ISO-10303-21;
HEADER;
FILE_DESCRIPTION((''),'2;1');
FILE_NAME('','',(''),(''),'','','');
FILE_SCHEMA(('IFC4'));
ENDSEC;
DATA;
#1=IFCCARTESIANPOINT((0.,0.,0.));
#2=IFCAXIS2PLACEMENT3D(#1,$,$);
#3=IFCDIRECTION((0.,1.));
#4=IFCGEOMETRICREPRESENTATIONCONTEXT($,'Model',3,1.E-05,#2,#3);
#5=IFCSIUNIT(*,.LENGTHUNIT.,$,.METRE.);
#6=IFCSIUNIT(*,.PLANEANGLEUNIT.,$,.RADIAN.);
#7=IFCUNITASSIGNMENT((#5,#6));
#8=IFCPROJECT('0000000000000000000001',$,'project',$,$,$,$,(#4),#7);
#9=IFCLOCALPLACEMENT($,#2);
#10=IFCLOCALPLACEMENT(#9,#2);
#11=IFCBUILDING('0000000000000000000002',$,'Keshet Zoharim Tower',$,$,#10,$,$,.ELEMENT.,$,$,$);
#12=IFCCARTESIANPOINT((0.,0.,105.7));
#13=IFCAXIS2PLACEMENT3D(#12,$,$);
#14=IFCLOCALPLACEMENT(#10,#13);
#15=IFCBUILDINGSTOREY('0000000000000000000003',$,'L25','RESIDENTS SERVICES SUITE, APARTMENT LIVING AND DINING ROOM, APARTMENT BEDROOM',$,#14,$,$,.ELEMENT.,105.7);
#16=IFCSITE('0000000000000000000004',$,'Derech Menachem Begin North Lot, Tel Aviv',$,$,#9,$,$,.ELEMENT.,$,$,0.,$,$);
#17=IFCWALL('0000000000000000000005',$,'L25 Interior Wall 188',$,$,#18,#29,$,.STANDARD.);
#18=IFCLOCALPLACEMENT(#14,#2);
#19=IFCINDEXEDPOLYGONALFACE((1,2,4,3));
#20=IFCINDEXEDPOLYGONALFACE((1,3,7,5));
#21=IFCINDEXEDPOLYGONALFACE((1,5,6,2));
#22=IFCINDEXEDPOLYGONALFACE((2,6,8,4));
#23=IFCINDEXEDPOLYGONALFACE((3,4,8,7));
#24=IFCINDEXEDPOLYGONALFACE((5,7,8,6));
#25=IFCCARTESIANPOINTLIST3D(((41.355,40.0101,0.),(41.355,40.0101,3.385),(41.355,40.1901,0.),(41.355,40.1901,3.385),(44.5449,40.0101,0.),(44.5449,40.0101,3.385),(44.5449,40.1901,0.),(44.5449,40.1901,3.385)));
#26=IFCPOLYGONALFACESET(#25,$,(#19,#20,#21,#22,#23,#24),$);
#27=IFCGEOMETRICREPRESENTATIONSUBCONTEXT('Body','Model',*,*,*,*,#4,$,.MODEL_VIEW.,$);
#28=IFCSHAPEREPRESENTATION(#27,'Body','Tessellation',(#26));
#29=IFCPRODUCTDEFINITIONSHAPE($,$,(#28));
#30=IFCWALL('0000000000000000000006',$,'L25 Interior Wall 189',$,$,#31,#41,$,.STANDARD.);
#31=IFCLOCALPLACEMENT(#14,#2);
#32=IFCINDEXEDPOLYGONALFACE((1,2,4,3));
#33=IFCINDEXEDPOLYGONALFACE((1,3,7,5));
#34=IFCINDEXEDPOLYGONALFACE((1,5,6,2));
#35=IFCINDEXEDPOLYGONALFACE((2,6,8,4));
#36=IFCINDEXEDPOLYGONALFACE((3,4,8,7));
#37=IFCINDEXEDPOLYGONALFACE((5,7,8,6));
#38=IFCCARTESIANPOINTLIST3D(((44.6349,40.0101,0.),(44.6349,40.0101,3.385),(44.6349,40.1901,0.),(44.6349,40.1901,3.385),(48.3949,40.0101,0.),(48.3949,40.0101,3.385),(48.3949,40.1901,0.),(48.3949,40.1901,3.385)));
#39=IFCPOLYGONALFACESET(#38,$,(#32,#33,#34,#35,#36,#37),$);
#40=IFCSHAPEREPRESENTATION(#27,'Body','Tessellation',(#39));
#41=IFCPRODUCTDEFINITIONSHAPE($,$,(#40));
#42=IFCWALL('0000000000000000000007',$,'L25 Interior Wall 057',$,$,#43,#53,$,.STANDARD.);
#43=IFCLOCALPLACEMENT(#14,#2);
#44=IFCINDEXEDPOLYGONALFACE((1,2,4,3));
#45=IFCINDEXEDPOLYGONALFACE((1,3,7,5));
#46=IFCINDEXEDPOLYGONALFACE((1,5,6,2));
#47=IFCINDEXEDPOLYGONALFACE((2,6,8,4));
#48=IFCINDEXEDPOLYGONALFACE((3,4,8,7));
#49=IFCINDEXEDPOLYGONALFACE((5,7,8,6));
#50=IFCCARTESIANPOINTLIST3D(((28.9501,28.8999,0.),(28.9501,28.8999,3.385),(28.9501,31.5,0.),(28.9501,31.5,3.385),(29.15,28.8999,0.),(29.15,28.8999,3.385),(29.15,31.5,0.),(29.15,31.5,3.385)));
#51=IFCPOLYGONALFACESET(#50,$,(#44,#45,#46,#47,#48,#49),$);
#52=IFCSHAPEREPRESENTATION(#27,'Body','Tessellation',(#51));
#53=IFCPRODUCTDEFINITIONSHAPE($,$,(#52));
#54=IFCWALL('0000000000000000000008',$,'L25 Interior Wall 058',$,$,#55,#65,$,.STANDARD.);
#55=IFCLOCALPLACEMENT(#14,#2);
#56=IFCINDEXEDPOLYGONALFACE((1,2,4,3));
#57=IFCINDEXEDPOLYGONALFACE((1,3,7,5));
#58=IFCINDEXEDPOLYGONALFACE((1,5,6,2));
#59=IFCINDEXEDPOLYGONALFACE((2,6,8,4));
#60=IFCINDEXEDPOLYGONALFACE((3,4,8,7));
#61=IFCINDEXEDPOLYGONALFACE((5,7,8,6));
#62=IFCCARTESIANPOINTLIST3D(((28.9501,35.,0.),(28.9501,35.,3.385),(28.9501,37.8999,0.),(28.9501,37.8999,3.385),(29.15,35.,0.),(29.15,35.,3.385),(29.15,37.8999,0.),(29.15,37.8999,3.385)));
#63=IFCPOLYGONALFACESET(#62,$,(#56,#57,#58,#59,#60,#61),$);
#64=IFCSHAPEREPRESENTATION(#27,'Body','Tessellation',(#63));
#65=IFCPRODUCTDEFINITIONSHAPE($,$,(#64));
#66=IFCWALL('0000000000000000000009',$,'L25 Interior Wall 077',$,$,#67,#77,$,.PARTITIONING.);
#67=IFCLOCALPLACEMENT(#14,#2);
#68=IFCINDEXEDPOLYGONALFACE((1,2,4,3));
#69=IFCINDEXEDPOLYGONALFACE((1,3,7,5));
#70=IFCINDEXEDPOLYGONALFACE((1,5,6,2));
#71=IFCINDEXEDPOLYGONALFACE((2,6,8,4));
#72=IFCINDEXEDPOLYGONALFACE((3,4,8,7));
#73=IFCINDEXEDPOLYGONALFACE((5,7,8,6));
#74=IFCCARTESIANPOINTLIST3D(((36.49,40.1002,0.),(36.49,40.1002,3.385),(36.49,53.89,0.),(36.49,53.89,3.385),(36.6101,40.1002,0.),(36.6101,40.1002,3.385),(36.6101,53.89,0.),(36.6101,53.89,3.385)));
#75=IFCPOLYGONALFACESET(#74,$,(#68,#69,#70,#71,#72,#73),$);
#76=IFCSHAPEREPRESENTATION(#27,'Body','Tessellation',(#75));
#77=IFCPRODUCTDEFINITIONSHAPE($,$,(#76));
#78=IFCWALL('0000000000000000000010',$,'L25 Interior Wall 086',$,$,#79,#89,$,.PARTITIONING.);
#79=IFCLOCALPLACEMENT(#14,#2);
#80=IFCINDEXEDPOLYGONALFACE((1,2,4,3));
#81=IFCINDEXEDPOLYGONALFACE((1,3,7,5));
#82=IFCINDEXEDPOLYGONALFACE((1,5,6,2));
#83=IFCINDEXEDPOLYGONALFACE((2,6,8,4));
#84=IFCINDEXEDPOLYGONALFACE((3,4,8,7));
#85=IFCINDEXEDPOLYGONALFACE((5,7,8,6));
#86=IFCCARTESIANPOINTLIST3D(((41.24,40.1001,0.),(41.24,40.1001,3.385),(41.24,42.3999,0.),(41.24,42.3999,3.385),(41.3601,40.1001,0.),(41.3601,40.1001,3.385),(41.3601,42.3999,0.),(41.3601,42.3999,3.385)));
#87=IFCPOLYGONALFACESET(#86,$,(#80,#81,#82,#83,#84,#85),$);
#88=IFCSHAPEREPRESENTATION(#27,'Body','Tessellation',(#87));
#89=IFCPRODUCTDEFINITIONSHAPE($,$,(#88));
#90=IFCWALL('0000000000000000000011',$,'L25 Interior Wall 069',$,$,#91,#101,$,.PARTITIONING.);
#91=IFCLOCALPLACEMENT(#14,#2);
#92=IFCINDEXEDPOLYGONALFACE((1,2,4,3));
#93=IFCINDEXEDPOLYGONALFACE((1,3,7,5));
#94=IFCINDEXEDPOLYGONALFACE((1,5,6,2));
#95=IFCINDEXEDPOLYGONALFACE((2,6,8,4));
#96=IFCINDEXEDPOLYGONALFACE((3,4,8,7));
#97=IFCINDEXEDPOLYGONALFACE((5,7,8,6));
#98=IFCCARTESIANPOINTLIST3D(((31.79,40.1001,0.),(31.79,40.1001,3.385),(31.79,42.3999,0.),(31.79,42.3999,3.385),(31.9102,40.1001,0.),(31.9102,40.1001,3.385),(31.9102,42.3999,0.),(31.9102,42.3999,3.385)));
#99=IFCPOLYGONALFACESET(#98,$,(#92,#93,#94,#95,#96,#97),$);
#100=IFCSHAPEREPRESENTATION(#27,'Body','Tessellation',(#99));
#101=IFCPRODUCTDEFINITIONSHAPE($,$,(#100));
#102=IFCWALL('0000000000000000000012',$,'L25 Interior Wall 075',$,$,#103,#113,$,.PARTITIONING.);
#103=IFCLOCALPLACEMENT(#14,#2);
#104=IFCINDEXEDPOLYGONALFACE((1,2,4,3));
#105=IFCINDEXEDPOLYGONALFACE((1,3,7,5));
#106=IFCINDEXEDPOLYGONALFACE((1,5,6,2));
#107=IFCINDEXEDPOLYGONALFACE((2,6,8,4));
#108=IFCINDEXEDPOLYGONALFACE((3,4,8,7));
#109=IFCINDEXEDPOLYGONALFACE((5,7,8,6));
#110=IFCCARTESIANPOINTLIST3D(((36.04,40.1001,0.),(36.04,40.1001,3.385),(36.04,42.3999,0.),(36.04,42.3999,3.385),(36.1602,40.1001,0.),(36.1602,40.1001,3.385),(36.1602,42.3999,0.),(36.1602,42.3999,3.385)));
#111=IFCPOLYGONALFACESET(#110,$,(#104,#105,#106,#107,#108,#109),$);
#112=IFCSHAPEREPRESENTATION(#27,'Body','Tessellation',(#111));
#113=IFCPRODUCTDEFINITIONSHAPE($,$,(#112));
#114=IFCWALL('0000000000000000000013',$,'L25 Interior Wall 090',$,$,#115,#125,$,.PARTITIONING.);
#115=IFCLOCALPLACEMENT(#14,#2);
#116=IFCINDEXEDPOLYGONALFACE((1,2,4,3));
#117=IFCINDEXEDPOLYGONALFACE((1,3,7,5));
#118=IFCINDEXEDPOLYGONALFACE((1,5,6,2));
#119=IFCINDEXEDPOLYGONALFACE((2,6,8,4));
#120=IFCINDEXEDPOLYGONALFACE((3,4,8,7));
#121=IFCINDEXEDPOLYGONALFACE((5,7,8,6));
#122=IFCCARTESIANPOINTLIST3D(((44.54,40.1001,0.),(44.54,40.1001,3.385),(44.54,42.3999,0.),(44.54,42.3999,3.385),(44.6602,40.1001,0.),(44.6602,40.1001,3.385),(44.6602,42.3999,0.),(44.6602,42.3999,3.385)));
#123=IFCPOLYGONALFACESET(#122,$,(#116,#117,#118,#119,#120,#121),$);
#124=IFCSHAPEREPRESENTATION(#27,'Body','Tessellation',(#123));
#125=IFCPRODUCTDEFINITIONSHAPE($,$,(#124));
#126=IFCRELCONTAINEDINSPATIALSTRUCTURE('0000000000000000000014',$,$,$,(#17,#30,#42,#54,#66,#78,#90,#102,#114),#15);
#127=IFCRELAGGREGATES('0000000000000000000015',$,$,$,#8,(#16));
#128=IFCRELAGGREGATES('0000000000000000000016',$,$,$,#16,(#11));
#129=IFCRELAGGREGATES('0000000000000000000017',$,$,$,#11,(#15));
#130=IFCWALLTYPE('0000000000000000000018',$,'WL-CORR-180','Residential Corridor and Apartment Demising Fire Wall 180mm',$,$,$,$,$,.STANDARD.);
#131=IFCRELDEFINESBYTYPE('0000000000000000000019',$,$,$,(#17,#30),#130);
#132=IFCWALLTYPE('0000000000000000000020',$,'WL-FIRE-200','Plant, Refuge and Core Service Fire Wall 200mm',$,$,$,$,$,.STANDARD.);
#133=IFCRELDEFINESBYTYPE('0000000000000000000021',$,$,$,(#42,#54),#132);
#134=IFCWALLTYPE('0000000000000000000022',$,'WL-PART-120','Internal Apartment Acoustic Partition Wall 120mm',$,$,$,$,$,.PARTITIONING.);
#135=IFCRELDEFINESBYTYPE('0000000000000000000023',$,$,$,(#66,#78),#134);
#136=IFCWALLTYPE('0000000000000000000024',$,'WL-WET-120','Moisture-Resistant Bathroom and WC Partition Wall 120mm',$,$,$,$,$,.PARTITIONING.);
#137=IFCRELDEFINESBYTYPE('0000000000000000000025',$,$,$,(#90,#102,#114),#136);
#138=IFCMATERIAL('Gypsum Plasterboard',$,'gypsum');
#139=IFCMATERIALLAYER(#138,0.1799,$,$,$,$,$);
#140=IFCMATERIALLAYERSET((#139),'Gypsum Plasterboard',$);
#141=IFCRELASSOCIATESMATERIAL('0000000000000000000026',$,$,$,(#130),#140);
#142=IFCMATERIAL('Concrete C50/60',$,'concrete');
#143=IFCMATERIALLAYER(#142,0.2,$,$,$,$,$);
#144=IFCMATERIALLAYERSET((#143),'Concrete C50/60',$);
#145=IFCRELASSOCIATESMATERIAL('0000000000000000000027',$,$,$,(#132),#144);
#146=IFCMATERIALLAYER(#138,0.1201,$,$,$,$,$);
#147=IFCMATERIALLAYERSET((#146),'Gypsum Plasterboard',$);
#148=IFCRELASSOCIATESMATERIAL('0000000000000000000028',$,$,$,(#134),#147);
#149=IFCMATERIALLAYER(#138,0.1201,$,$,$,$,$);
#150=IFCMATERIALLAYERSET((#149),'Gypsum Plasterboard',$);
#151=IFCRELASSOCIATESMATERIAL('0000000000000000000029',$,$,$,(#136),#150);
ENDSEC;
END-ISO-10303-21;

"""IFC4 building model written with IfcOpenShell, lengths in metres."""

from ifc_helpers import new_model, si_unit, direction, frame, frame_2d, origin, place, context, subcontext, project, spatial, rectangle, extrude, material, layer, layer_set, type_object, element, save


model = new_model("IFC4")

# Units and contexts
model_context = context("Model", 3, precision=1e-05, world=origin(), true_north=direction((0.0, 1.0)))
body_context = subcontext(model_context, "Body", "Model", "MODEL_VIEW")
ifc_project = project(units=[si_unit("LENGTHUNIT", "METRE"), si_unit("PLANEANGLEUNIT", "RADIAN")], contexts=[model_context])

# Site, building, storey
site_placement = place(None, origin())
site = spatial("IfcSite", under=ifc_project, at=site_placement, Name="Derech Menachem Begin North Lot, Tel Aviv", CompositionType="ELEMENT", RefElevation=0.0)
building_placement = place(site_placement, origin())
building = spatial("IfcBuilding", under=site, at=building_placement, Name="Keshet Zoharim Tower", CompositionType="ELEMENT")
storey_placement = place(building_placement, frame((0.0, 0.0, 105.7)))
storey = spatial("IfcBuildingStorey", under=building, at=storey_placement, Name="L25", Description="RESIDENTS SERVICES SUITE, APARTMENT LIVING AND DINING ROOM, APARTMENT BEDROOM", CompositionType="ELEMENT", Elevation=105.7)

# Shared definitions
ifc_material_1 = material(Name="Gypsum Plasterboard", Category="gypsum")

# Shared definitions
ifc_layer_1 = layer(ifc_material_1, 0.1799)
ifc_layer_set_1 = layer_set([ifc_layer_1], Name="Gypsum Plasterboard")
wall_type_1 = type_object("IfcWallType", Name="WL-CORR-180", Description="Residential Corridor and Apartment Demising Fire Wall 180mm", PredefinedType="STANDARD", material=ifc_layer_set_1)

# Walls
wall_1_placement = place(storey_placement, frame((41.355, 40.1001, 0.0), z_axis=(0.0, 0.0, 1.0), x_axis=(1.0, 0.0, 0.0)))
element("IfcWall", 1, at=wall_1_placement, inside=storey, type_object=wall_type_1, Name="L25 Interior Wall 188", PredefinedType="STANDARD", context=body_context, shape_type="SweptSolid", body=[
    extrude(rectangle(XDim=3.1899, YDim=0.1799, at=frame_2d((1.595, 0.0))), origin(), (0.0, 0.0, 1.0), 3.385),
])
wall_2_placement = place(storey_placement, frame((44.635, 40.1001, 0.0), z_axis=(0.0, 0.0, 1.0), x_axis=(1.0, 0.0, 0.0)))
element("IfcWall", 2, at=wall_2_placement, inside=storey, type_object=wall_type_1, Name="L25 Interior Wall 189", PredefinedType="STANDARD", context=body_context, shape_type="SweptSolid", body=[
    extrude(rectangle(XDim=3.76, YDim=0.1799, at=frame_2d((1.8799, 0.0))), origin(), (0.0, 0.0, 1.0), 3.385),
])
ifc_material_2 = material(Name="Concrete C50/60", Category="concrete")
ifc_layer_2 = layer(ifc_material_2, 0.2)
ifc_layer_set_2 = layer_set([ifc_layer_2], Name="Concrete C50/60")
wall_type_2 = type_object("IfcWallType", Name="WL-FIRE-200", Description="Plant, Refuge and Core Service Fire Wall 200mm", PredefinedType="STANDARD", material=ifc_layer_set_2)
wall_3_placement = place(storey_placement, frame((29.05, 28.8999, 0.0), z_axis=(0.0, 0.0, 1.0), x_axis=(0.0, 1.0, 0.0)))
element("IfcWall", 3, at=wall_3_placement, inside=storey, type_object=wall_type_2, Name="L25 Interior Wall 057", PredefinedType="STANDARD", context=body_context, shape_type="SweptSolid", body=[
    extrude(rectangle(XDim=2.6001, YDim=0.2, at=frame_2d((1.3, 0.0))), origin(), (0.0, 0.0, 1.0), 3.385),
])
wall_4_placement = place(storey_placement, frame((29.05, 35.0, 0.0), z_axis=(0.0, 0.0, 1.0), x_axis=(0.0, 1.0, 0.0)))
element("IfcWall", 4, at=wall_4_placement, inside=storey, type_object=wall_type_2, Name="L25 Interior Wall 058", PredefinedType="STANDARD", context=body_context, shape_type="SweptSolid", body=[
    extrude(rectangle(XDim=2.8999, YDim=0.2, at=frame_2d((1.45, 0.0))), origin(), (0.0, 0.0, 1.0), 3.385),
])
ifc_layer_3 = layer(ifc_material_1, 0.1201)
ifc_layer_set_3 = layer_set([ifc_layer_3], Name="Gypsum Plasterboard")
wall_type_3 = type_object("IfcWallType", Name="WL-PART-120", Description="Internal Apartment Acoustic Partition Wall 120mm", PredefinedType="PARTITIONING", material=ifc_layer_set_3)
wall_5_placement = place(storey_placement, frame((36.55, 40.1001, 0.0), z_axis=(0.0, 0.0, 1.0), x_axis=(0.0, 1.0, 0.0)))
element("IfcWall", 5, at=wall_5_placement, inside=storey, type_object=wall_type_3, Name="L25 Interior Wall 077", PredefinedType="PARTITIONING", context=body_context, shape_type="SweptSolid", body=[
    extrude(rectangle(XDim=13.7898, YDim=0.1201, at=frame_2d((6.895, 0.0))), origin(), (0.0, 0.0, 1.0), 3.385),
])
wall_6_placement = place(storey_placement, frame((41.3, 40.1001, 0.0), z_axis=(0.0, 0.0, 1.0), x_axis=(0.0, 1.0, 0.0)))
element("IfcWall", 6, at=wall_6_placement, inside=storey, type_object=wall_type_3, Name="L25 Interior Wall 086", PredefinedType="PARTITIONING", context=body_context, shape_type="SweptSolid", body=[
    extrude(rectangle(XDim=2.2998, YDim=0.1201, at=frame_2d((1.1499, 0.0))), origin(), (0.0, 0.0, 1.0), 3.385),
])
ifc_layer_4 = layer(ifc_material_1, 0.1201)
ifc_layer_set_4 = layer_set([ifc_layer_4], Name="Gypsum Plasterboard")
wall_type_4 = type_object("IfcWallType", Name="WL-WET-120", Description="Moisture-Resistant Bathroom and WC Partition Wall 120mm", PredefinedType="PARTITIONING", material=ifc_layer_set_4)
for number, where, z_axis, x_axis, name in (
    (7, (31.8501, 40.1001, 0.0), (0.0, 0.0, 1.0), (0.0, 1.0, 0.0), "L25 Interior Wall 069"),
    (8, (36.1001, 40.1001, 0.0), (0.0, 0.0, 1.0), (0.0, 1.0, 0.0), "L25 Interior Wall 075"),
    (9, (44.6001, 40.1001, 0.0), (0.0, 0.0, 1.0), (0.0, 1.0, 0.0), "L25 Interior Wall 090"),
):
    element("IfcWall", number, at=place(storey_placement, frame(where, z_axis=z_axis, x_axis=x_axis)), inside=storey, type_object=wall_type_4, Name=name, PredefinedType="PARTITIONING", context=body_context, shape_type="SweptSolid", body=[
        extrude(rectangle(XDim=2.2998, YDim=0.1201, at=frame_2d((1.1499, 0.0))), origin(), (0.0, 0.0, 1.0), 3.385),
    ])

save(model, "model.ifc")
